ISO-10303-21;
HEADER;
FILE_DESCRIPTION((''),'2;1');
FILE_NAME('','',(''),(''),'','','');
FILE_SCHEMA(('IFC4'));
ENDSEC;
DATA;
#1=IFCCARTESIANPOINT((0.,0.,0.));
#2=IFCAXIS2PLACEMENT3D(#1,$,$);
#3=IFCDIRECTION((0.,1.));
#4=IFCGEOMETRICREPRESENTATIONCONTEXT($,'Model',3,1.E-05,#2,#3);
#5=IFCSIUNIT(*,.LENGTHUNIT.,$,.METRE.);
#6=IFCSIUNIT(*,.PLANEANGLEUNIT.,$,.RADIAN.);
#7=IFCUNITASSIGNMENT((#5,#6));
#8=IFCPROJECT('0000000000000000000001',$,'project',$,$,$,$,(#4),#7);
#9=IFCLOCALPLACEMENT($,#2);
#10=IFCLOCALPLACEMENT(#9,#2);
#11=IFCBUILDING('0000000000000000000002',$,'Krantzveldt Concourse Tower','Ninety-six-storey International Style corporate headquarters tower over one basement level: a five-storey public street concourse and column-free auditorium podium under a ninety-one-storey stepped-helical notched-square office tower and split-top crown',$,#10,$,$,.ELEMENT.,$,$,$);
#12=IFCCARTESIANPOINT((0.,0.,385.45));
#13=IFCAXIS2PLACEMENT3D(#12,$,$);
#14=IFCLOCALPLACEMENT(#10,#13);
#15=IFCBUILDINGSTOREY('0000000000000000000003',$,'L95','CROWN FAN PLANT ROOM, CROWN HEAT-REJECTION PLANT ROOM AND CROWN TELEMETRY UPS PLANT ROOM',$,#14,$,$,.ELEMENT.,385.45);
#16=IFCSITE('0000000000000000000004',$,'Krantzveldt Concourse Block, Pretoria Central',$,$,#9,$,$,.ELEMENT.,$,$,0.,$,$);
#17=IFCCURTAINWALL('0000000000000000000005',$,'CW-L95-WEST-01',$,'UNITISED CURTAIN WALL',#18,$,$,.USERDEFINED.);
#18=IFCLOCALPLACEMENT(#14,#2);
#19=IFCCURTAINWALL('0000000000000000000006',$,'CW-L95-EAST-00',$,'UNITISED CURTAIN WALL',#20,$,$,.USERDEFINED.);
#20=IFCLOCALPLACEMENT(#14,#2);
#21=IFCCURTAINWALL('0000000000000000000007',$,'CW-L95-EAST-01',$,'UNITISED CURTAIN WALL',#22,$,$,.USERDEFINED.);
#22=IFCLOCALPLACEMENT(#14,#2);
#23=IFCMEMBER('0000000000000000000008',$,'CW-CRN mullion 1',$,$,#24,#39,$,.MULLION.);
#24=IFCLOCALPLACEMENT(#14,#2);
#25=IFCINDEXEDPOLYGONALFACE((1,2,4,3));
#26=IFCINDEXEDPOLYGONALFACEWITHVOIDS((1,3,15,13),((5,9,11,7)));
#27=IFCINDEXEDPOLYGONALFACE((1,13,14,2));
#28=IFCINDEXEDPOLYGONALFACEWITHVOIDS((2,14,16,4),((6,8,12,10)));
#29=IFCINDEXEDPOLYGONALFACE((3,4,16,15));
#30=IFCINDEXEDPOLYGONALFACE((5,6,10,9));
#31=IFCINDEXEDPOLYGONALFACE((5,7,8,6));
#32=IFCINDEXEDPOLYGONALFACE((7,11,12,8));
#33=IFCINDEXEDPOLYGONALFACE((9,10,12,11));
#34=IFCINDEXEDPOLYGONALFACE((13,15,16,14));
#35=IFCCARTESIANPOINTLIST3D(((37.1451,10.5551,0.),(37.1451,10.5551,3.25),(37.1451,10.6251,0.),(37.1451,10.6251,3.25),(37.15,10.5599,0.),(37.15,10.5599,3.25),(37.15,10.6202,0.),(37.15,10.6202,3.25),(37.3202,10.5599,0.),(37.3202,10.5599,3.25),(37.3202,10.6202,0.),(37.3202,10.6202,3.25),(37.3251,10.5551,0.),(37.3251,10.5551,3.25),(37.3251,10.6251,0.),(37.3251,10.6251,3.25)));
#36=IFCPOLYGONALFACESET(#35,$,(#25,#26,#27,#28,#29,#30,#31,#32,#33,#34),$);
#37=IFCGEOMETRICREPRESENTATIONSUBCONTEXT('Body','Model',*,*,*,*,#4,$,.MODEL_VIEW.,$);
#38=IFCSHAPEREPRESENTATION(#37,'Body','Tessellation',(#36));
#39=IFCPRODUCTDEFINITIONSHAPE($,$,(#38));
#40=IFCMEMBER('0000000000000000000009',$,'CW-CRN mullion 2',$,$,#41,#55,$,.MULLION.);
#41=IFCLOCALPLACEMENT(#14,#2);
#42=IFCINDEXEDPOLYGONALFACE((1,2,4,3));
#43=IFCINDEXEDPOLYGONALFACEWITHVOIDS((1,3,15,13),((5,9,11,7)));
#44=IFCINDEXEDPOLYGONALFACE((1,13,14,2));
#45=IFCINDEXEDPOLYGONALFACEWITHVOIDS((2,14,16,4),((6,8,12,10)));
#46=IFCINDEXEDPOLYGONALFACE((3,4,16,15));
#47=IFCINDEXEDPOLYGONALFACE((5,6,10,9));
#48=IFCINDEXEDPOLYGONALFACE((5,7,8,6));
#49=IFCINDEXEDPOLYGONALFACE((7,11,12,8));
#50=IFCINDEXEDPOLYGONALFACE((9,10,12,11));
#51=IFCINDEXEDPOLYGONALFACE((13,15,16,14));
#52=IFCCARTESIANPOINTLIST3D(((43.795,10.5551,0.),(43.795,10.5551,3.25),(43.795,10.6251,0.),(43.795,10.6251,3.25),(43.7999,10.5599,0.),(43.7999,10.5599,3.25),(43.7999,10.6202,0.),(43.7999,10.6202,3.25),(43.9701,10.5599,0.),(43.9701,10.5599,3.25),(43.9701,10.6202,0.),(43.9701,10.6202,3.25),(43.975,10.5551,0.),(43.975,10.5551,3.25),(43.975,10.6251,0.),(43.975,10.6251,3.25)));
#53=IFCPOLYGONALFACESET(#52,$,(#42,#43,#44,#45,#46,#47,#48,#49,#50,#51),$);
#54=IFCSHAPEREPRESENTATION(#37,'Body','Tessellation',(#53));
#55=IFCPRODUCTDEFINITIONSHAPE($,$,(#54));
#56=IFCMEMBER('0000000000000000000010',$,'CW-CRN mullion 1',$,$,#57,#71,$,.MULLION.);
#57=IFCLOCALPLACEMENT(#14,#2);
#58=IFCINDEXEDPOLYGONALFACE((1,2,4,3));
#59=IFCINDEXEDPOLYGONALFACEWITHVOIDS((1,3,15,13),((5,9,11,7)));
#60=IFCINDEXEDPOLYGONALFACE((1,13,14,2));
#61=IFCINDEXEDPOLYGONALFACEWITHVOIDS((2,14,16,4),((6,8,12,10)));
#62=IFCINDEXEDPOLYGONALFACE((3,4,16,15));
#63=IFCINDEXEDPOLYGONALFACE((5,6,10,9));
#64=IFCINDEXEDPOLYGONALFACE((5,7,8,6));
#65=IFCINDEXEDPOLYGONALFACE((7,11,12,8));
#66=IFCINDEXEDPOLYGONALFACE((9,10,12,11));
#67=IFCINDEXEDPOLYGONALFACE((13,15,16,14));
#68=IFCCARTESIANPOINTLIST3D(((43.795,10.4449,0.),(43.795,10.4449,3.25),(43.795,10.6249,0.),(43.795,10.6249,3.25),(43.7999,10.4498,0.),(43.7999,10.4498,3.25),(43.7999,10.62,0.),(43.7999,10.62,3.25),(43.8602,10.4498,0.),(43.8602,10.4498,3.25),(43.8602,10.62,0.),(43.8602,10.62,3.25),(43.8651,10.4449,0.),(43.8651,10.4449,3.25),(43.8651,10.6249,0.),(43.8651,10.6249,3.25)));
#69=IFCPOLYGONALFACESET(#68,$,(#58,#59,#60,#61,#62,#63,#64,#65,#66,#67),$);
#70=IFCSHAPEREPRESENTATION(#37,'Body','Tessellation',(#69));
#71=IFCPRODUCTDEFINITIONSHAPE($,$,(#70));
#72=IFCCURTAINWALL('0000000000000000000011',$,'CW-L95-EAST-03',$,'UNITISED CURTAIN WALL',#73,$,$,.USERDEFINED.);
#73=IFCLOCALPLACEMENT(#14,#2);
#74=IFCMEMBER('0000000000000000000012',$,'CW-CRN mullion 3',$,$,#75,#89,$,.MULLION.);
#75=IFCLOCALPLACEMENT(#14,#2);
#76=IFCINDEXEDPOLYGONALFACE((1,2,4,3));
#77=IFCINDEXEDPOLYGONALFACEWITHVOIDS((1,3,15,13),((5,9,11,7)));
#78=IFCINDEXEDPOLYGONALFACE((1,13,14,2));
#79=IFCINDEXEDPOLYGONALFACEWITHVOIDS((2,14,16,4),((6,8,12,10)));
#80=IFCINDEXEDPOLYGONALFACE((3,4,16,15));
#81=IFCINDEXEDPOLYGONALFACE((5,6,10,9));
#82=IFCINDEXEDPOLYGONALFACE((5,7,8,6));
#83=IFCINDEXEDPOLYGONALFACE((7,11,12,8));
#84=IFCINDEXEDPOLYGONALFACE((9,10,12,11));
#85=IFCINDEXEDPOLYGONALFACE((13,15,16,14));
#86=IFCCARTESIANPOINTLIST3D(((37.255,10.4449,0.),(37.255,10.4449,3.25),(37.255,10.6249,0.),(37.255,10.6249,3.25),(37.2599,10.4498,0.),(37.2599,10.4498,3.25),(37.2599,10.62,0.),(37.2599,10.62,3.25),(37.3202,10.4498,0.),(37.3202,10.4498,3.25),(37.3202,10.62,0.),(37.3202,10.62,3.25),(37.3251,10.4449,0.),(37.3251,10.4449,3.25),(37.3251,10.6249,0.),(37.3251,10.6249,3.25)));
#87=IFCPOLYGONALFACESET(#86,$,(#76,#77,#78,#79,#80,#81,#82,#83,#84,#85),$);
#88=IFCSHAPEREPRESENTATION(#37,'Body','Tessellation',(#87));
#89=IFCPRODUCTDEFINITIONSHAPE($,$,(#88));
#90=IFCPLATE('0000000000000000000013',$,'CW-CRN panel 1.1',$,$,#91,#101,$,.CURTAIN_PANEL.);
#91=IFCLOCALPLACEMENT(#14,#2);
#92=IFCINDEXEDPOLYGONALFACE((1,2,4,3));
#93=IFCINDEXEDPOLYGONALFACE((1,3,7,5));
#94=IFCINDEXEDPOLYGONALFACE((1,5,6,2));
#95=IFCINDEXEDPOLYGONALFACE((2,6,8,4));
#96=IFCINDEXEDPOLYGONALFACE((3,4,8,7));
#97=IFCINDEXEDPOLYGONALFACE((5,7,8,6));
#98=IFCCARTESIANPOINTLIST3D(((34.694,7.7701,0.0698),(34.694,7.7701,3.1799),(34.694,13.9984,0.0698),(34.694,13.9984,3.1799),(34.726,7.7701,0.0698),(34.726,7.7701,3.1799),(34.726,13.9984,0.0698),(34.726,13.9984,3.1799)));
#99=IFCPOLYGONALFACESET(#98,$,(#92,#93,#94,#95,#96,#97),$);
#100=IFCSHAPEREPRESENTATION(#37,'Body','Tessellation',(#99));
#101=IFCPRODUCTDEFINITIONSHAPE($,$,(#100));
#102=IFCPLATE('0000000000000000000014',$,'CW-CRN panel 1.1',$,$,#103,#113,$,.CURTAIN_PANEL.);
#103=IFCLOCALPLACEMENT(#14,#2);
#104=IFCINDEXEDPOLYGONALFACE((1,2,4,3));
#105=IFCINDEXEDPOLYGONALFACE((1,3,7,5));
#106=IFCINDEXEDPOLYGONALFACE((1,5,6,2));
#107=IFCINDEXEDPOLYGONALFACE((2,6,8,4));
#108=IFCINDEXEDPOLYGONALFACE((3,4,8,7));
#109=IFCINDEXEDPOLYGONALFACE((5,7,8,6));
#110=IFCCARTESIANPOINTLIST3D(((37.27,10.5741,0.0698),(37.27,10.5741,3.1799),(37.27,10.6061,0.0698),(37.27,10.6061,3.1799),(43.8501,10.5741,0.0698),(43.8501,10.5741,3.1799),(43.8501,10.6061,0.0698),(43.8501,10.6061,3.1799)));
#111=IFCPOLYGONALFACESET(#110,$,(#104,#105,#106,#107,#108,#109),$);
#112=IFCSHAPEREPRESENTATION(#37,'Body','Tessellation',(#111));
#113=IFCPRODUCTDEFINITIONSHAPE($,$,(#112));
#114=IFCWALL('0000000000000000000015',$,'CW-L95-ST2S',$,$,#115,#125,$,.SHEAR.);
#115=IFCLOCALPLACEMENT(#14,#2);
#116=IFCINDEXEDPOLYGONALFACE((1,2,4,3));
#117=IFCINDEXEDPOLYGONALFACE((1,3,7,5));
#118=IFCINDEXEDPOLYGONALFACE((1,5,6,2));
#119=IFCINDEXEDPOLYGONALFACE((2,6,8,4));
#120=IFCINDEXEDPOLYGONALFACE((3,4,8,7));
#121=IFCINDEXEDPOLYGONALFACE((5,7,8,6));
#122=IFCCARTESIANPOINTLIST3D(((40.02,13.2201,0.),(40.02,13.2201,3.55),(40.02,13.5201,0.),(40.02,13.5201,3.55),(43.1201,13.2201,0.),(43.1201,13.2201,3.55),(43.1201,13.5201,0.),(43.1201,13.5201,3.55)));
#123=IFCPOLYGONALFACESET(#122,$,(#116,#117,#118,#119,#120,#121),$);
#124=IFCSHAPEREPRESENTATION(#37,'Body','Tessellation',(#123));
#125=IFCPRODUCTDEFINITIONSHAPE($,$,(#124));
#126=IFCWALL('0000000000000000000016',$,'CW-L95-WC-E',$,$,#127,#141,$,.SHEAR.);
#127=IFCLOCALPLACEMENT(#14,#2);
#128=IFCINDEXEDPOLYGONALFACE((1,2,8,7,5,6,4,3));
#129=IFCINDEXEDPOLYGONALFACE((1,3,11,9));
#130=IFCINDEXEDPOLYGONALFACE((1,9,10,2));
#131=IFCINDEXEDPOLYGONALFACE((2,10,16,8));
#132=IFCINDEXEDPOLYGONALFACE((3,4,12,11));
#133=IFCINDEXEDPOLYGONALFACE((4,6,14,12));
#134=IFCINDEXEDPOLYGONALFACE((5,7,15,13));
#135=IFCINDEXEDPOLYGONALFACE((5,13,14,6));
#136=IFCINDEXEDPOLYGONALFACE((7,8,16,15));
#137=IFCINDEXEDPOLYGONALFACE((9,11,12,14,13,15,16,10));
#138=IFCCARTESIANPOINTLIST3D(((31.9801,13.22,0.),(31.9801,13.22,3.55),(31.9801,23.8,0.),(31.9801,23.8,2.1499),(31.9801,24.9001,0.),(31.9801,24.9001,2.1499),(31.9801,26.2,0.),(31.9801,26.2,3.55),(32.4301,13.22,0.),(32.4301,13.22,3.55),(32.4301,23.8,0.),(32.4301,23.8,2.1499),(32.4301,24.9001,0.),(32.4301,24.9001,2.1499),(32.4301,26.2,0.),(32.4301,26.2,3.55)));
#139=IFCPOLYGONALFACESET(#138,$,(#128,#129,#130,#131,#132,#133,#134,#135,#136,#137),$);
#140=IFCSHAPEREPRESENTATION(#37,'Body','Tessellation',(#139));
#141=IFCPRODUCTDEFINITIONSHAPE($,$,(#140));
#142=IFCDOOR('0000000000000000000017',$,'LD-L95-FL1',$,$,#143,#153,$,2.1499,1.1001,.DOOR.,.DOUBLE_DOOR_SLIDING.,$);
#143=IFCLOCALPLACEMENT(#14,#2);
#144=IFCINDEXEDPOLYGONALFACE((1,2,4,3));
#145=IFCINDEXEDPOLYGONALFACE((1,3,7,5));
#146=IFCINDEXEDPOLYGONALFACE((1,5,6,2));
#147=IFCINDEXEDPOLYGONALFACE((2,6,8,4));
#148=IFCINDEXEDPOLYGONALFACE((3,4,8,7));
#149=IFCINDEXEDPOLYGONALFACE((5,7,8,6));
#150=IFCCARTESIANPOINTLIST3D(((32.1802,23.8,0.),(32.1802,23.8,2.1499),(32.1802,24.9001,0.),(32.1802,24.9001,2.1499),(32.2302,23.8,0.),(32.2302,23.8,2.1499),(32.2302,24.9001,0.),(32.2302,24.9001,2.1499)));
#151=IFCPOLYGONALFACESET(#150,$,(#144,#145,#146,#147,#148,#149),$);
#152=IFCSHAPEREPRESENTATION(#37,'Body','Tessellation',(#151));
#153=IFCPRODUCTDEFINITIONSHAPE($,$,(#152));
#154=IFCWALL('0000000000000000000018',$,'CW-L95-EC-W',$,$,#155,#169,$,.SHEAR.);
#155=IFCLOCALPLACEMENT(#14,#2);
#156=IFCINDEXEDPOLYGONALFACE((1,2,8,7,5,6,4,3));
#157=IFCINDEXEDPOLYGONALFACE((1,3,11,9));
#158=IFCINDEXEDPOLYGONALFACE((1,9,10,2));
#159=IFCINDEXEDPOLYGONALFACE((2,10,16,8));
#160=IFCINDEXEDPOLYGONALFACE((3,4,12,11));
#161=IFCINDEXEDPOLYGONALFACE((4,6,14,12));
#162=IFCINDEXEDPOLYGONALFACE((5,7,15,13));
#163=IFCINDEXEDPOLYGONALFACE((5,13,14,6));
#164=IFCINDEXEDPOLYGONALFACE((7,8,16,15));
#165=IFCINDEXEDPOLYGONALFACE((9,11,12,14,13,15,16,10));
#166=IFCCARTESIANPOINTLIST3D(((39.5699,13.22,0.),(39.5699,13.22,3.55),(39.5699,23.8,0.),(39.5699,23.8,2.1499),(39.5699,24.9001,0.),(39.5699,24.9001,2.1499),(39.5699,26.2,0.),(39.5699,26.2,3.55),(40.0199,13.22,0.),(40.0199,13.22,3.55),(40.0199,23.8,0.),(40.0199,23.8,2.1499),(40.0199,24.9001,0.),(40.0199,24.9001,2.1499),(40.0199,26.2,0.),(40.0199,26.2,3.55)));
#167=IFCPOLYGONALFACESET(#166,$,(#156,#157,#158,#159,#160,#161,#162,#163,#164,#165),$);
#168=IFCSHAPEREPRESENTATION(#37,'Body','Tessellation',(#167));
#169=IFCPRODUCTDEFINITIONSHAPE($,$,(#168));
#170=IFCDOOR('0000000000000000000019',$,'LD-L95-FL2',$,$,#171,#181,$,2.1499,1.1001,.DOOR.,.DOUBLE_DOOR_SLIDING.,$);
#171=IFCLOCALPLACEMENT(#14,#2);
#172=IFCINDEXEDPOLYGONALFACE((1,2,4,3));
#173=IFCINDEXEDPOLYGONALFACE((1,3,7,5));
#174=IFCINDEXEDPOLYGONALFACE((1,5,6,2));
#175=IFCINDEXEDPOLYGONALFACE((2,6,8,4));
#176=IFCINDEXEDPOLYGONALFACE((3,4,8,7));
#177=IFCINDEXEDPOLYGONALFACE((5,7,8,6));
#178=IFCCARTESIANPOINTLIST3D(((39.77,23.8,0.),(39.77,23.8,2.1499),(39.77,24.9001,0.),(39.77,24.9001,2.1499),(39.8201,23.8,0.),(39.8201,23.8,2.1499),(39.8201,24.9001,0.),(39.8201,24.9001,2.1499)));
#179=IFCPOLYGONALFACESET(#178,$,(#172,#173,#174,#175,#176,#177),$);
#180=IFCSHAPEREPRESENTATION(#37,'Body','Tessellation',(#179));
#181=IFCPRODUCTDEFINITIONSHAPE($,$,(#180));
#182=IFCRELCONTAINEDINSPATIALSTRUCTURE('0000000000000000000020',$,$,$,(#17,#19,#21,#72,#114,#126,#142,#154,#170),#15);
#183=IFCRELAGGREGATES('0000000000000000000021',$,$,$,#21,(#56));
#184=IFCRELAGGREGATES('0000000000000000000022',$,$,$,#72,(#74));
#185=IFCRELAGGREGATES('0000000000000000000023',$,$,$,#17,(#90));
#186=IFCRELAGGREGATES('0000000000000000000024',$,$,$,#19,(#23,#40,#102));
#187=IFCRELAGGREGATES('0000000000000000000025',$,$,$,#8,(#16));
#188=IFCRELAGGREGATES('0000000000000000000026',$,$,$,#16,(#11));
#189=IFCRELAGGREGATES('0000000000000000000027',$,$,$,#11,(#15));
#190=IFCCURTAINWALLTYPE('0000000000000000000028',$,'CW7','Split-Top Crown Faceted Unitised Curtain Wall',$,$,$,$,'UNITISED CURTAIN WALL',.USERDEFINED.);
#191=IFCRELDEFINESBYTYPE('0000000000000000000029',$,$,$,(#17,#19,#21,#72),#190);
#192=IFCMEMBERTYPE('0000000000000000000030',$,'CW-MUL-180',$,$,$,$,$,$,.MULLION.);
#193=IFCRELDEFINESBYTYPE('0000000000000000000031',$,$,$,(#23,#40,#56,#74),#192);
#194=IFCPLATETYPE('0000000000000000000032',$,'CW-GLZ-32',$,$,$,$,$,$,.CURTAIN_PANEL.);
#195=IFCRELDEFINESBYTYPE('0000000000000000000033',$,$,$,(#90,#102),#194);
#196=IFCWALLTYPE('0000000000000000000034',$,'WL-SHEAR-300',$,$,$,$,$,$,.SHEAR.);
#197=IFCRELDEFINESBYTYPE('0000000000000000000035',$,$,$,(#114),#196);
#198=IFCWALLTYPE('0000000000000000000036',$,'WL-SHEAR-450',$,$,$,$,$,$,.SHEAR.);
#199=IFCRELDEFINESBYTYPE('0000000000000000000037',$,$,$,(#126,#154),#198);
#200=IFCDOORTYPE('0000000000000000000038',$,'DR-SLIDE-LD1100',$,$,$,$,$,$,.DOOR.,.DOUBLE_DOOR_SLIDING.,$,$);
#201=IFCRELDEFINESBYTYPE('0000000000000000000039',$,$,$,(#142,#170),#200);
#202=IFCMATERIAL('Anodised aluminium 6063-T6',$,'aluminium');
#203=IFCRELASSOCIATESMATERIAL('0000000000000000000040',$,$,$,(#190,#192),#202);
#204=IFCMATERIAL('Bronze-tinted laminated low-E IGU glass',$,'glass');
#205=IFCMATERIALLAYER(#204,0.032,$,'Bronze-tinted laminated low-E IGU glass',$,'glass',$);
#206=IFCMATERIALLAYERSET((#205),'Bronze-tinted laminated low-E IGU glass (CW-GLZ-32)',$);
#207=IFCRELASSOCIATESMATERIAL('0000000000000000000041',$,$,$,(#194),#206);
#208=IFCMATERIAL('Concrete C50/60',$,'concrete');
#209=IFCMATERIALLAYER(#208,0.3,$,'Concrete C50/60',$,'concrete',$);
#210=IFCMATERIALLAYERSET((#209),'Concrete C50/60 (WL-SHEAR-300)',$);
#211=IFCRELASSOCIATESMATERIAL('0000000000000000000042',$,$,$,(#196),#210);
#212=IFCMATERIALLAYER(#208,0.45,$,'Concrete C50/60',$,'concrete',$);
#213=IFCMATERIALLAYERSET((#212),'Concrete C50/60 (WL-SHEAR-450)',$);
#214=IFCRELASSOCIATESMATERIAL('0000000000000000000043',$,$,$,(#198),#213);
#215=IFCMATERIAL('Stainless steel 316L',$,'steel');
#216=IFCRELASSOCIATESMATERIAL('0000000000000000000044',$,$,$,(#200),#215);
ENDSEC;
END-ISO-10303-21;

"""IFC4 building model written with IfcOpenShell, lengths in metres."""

from ifc_helpers import new_model, si_unit, direction, frame, frame_2d, origin, origin_2d, place, context, subcontext, project, spatial, rectangle, hollow_rectangle, extrude, source, transform, mapped, material, layer, layer_set, material_profile, profile_set, type_object, type_shapes, element, fill, aggregate, save


model = new_model("IFC4")

# Units and contexts
model_context = context("Model", 3, precision=1e-05, world=origin(), true_north=direction((0.0, 1.0)))
body_context = subcontext(model_context, "Body", "Model", "MODEL_VIEW")
ifc_project = project(units=[si_unit("LENGTHUNIT", "METRE"), si_unit("PLANEANGLEUNIT", "RADIAN")], contexts=[model_context])

# Site, building, storey
site_placement = place(None, origin())
site = spatial("IfcSite", under=ifc_project, at=site_placement, Name="Krantzveldt Concourse Block, Pretoria Central", CompositionType="ELEMENT", RefElevation=0.0)
building_placement = place(site_placement, origin())
building = spatial("IfcBuilding", under=site, at=building_placement, Name="Krantzveldt Concourse Tower", Description="Ninety-six-storey International Style corporate headquarters tower over one basement level: a five-storey public street concourse and column-free auditorium podium under a ninety-one-storey stepped-helical notched-square office tower and split-top crown", CompositionType="ELEMENT")
storey_placement = place(building_placement, frame((0.0, 0.0, 385.45)))
storey = spatial("IfcBuildingStorey", under=building, at=storey_placement, Name="L95", Description="CROWN FAN PLANT ROOM, CROWN HEAT-REJECTION PLANT ROOM AND CROWN TELEMETRY UPS PLANT ROOM", CompositionType="ELEMENT", Elevation=385.45)

# Curtain walls
ifc_material_1 = material(Name="Anodised aluminium 6063-T6", Category="aluminium")
curtain_wall_type = type_object("IfcCurtainWallType", Name="CW7", Description="Split-Top Crown Faceted Unitised Curtain Wall", ElementType="UNITISED CURTAIN WALL", PredefinedType="USERDEFINED", material=ifc_material_1)
curtain_wall_1_placement = place(storey_placement, origin())
curtain_wall_1 = element("IfcCurtainWall", 1, at=curtain_wall_1_placement, inside=storey, type_object=curtain_wall_type, Name="CW-L95-WEST-01", ObjectType="UNITISED CURTAIN WALL", PredefinedType="USERDEFINED")
curtain_wall_2_placement = place(storey_placement, origin())
curtain_wall_2 = element("IfcCurtainWall", 2, at=curtain_wall_2_placement, inside=storey, type_object=curtain_wall_type, Name="CW-L95-EAST-00", ObjectType="UNITISED CURTAIN WALL", PredefinedType="USERDEFINED")
curtain_wall_3_placement = place(storey_placement, origin())
curtain_wall_3 = element("IfcCurtainWall", 3, at=curtain_wall_3_placement, inside=storey, type_object=curtain_wall_type, Name="CW-L95-EAST-01", ObjectType="UNITISED CURTAIN WALL", PredefinedType="USERDEFINED")

# Shared definitions
ifc_material_profile_1 = material_profile(ifc_material_1, hollow_rectangle(XDim=0.0701, YDim=0.1799, WallThickness=0.0049, at=origin_2d()), Name="Anodised aluminium 6063-T6", Category="aluminium")
ifc_profile_set_1 = profile_set([ifc_material_profile_1], Name="Anodised aluminium 6063-T6 - ALU-MULL 180x70x5")
member_type_1 = type_object("IfcMemberType", Name="CW-MUL-180", PredefinedType="MULLION", material=ifc_profile_set_1)
shared_shape_1 = source(origin(), body_context, "Body", "SweptSolid", [
    extrude(hollow_rectangle(XDim=0.0701, YDim=0.1799, WallThickness=0.0049, at=origin_2d()), origin(), (0.0, 0.0, 1.0), 3.25),
])
type_shapes(member_type_1, [shared_shape_1])

# Members
member_1_placement = place(storey_placement, frame((37.2351, 10.5901, 0.0), z_axis=(0.0, 0.0, 1.0), x_axis=(0.0, 1.0, 0.0)))
member_1 = element("IfcMember", 4, at=member_1_placement, type_object=member_type_1, Name="CW-CRN mullion 1", PredefinedType="MULLION", context=body_context, shape_type="MappedRepresentation", body=[
    mapped(shared_shape_1, transform((0.0, 0.0, 0.0), x_axis=(1.0, 0.0, 0.0), y_axis=(0.0, 1.0, 0.0), z_axis=(0.0, 0.0, 1.0), scale=1.0)),
])
member_2_placement = place(storey_placement, frame((43.885, 10.5901, 0.0), z_axis=(0.0, 0.0, 1.0), x_axis=(0.0, 1.0, 0.0)))
member_2 = element("IfcMember", 5, at=member_2_placement, type_object=member_type_1, Name="CW-CRN mullion 2", PredefinedType="MULLION", context=body_context, shape_type="MappedRepresentation", body=[
    mapped(shared_shape_1, transform((0.0, 0.0, 0.0), x_axis=(1.0, 0.0, 0.0), y_axis=(0.0, 1.0, 0.0), z_axis=(0.0, 0.0, 1.0), scale=1.0)),
])
member_3_placement = place(storey_placement, frame((43.8301, 10.5349, 0.0), z_axis=(0.0, 0.0, 1.0), x_axis=(-1.0, 0.0, 0.0)))
member_3 = element("IfcMember", 6, at=member_3_placement, type_object=member_type_1, Name="CW-CRN mullion 1", PredefinedType="MULLION", context=body_context, shape_type="MappedRepresentation", body=[
    mapped(shared_shape_1, transform((0.0, 0.0, 0.0), x_axis=(1.0, 0.0, 0.0), y_axis=(0.0, 1.0, 0.0), z_axis=(0.0, 0.0, 1.0), scale=1.0)),
])
aggregate(curtain_wall_3, [member_3])

# Curtain wall, member
curtain_wall_4_placement = place(storey_placement, origin())
curtain_wall_4 = element("IfcCurtainWall", 7, at=curtain_wall_4_placement, inside=storey, type_object=curtain_wall_type, Name="CW-L95-EAST-03", ObjectType="UNITISED CURTAIN WALL", PredefinedType="USERDEFINED")
member_4_placement = place(storey_placement, frame((37.29, 10.5349, 0.0), z_axis=(0.0, 0.0, 1.0), x_axis=(1.0, 0.0, 0.0)))
member_4 = element("IfcMember", 8, at=member_4_placement, type_object=member_type_1, Name="CW-CRN mullion 3", PredefinedType="MULLION", context=body_context, shape_type="MappedRepresentation", body=[
    mapped(shared_shape_1, transform((0.0, 0.0, 0.0), x_axis=(1.0, 0.0, 0.0), y_axis=(0.0, 1.0, 0.0), z_axis=(0.0, 0.0, 1.0), scale=1.0)),
])
aggregate(curtain_wall_4, [member_4])

# Plates
ifc_material_2 = material(Name="Bronze-tinted laminated low-E IGU glass", Category="glass")
ifc_layer_1 = layer(ifc_material_2, 0.032, Name="Bronze-tinted laminated low-E IGU glass", Category="glass")
ifc_layer_set_1 = layer_set([ifc_layer_1], Name="Bronze-tinted laminated low-E IGU glass (CW-GLZ-32)")
plate_type = type_object("IfcPlateType", Name="CW-GLZ-32", PredefinedType="CURTAIN_PANEL", material=ifc_layer_set_1)
shared_shape_2 = source(origin(), body_context, "Body", "SweptSolid", [
    extrude(rectangle(XDim=6.2283, YDim=0.032, at=origin_2d()), origin(), (0.0, 0.0, 1.0), 3.1101),
])
plate_1_placement = place(storey_placement, frame((34.71, 10.8843, 0.0698), z_axis=(0.0, 0.0, 1.0), x_axis=(0.0, 1.0, 0.0)))
plate_1 = element("IfcPlate", 9, at=plate_1_placement, type_object=plate_type, Name="CW-CRN panel 1.1", PredefinedType="CURTAIN_PANEL", context=body_context, shape_type="MappedRepresentation", body=[
    mapped(shared_shape_2, transform((0.0, 0.0, 0.0), x_axis=(1.0, 0.0, 0.0), y_axis=(0.0, 1.0, 0.0), z_axis=(0.0, 0.0, 1.0), scale=1.0)),
])
aggregate(curtain_wall_1, [plate_1])
shared_shape_3 = source(origin(), body_context, "Body", "SweptSolid", [
    extrude(rectangle(XDim=6.5801, YDim=0.032, at=origin_2d()), origin(), (0.0, 0.0, 1.0), 3.1101),
])
type_shapes(plate_type, [shared_shape_2, shared_shape_3])
plate_2_placement = place(storey_placement, frame((40.5601, 10.5901, 0.0698), z_axis=(0.0, 0.0, 1.0), x_axis=(1.0, 0.0, 0.0)))
plate_2 = element("IfcPlate", 10, at=plate_2_placement, type_object=plate_type, Name="CW-CRN panel 1.1", PredefinedType="CURTAIN_PANEL", context=body_context, shape_type="MappedRepresentation", body=[
    mapped(shared_shape_3, transform((0.0, 0.0, 0.0), x_axis=(1.0, 0.0, 0.0), y_axis=(0.0, 1.0, 0.0), z_axis=(0.0, 0.0, 1.0), scale=1.0)),
])
aggregate(curtain_wall_2, [member_1, member_2, plate_2])

# Wall
ifc_material_3 = material(Name="Concrete C50/60", Category="concrete")
ifc_layer_2 = layer(ifc_material_3, 0.3, Name="Concrete C50/60", Category="concrete")
ifc_layer_set_2 = layer_set([ifc_layer_2], Name="Concrete C50/60 (WL-SHEAR-300)")
wall_type_1 = type_object("IfcWallType", Name="WL-SHEAR-300", PredefinedType="SHEAR", material=ifc_layer_set_2)
wall_1_placement = place(storey_placement, frame((40.02, 13.3701, 0.0), z_axis=(0.0, 0.0, 1.0), x_axis=(1.0, 0.0, 0.0)))
element("IfcWall", 11, at=wall_1_placement, inside=storey, type_object=wall_type_1, Name="CW-L95-ST2S", PredefinedType="SHEAR", context=body_context, shape_type="SweptSolid", body=[
    extrude(rectangle(XDim=3.1001, YDim=0.3, at=frame_2d((1.55, 0.0))), origin(), (0.0, 0.0, 1.0), 3.55),
])

# Walls, openings, doors
ifc_layer_3 = layer(ifc_material_3, 0.45, Name="Concrete C50/60", Category="concrete")
ifc_layer_set_3 = layer_set([ifc_layer_3], Name="Concrete C50/60 (WL-SHEAR-450)")
wall_type_2 = type_object("IfcWallType", Name="WL-SHEAR-450", PredefinedType="SHEAR", material=ifc_layer_set_3)
wall_2_placement = place(storey_placement, frame((32.2051, 13.22, 0.0), z_axis=(0.0, 0.0, 1.0), x_axis=(0.0, 1.0, 0.0)))
wall_2 = element("IfcWall", 12, at=wall_2_placement, inside=storey, type_object=wall_type_2, Name="CW-L95-WC-E", PredefinedType="SHEAR", context=body_context, shape_type="SweptSolid", body=[
    extrude(rectangle(XDim=12.98, YDim=0.45, at=frame_2d((6.49, 0.0))), origin(), (0.0, 0.0, 1.0), 3.55),
])
opening_1_placement = place(wall_2_placement, frame((10.5801, 0.0, 0.0)))
opening_1 = element("IfcOpeningElement", 13, at=opening_1_placement, cuts=wall_2, PredefinedType="OPENING", context=body_context, shape_type="SweptSolid", body=[
    extrude(rectangle(XDim=1.1001, YDim=2.1499, at=frame_2d((0.55, 1.075))), frame((0.0, 0.2349, 0.0), z_axis=(0.0, -1.0, 0.0), x_axis=(1.0, 0.0, 0.0)), (0.0, 0.0, 1.0), 0.47),
])
ifc_material_4 = material(Name="Stainless steel 316L", Category="steel")
door_type = type_object("IfcDoorType", Name="DR-SLIDE-LD1100", OperationType="DOUBLE_DOOR_SLIDING", PredefinedType="DOOR", material=ifc_material_4)
door_1_placement = place(opening_1_placement, origin())
door_1 = element("IfcDoor", 14, at=door_1_placement, inside=storey, type_object=door_type, Name="LD-L95-FL1", OperationType="DOUBLE_DOOR_SLIDING", OverallHeight=2.1499, OverallWidth=1.1001, PredefinedType="DOOR", context=body_context, shape_type="SweptSolid", body=[
    extrude(rectangle(XDim=1.1001, YDim=2.1499, at=frame_2d((0.55, 1.075))), frame((0.0, 0.0249, 0.0), z_axis=(0.0, -1.0, 0.0), x_axis=(1.0, 0.0, 0.0)), (0.0, 0.0, 1.0), 0.05),
])
fill(opening_1, door_1)
wall_3_placement = place(storey_placement, frame((39.7949, 13.22, 0.0), z_axis=(0.0, 0.0, 1.0), x_axis=(0.0, 1.0, 0.0)))
wall_3 = element("IfcWall", 15, at=wall_3_placement, inside=storey, type_object=wall_type_2, Name="CW-L95-EC-W", PredefinedType="SHEAR", context=body_context, shape_type="SweptSolid", body=[
    extrude(rectangle(XDim=12.98, YDim=0.45, at=frame_2d((6.49, 0.0))), origin(), (0.0, 0.0, 1.0), 3.55),
])
opening_2_placement = place(wall_3_placement, frame((10.5801, 0.0, 0.0)))
opening_2 = element("IfcOpeningElement", 16, at=opening_2_placement, cuts=wall_3, PredefinedType="OPENING", context=body_context, shape_type="SweptSolid", body=[
    extrude(rectangle(XDim=1.1001, YDim=2.1499, at=frame_2d((0.55, 1.075))), frame((0.0, 0.2349, 0.0), z_axis=(0.0, -1.0, 0.0), x_axis=(1.0, 0.0, 0.0)), (0.0, 0.0, 1.0), 0.47),
])
door_2_placement = place(opening_2_placement, origin())
door_2 = element("IfcDoor", 17, at=door_2_placement, inside=storey, type_object=door_type, Name="LD-L95-FL2", OperationType="DOUBLE_DOOR_SLIDING", OverallHeight=2.1499, OverallWidth=1.1001, PredefinedType="DOOR", context=body_context, shape_type="SweptSolid", body=[
    extrude(rectangle(XDim=1.1001, YDim=2.1499, at=frame_2d((0.55, 1.075))), frame((0.0, 0.0249, 0.0), z_axis=(0.0, -1.0, 0.0), x_axis=(1.0, 0.0, 0.0)), (0.0, 0.0, 1.0), 0.05),
])
fill(opening_2, door_2)

save(model, "model.ifc")
